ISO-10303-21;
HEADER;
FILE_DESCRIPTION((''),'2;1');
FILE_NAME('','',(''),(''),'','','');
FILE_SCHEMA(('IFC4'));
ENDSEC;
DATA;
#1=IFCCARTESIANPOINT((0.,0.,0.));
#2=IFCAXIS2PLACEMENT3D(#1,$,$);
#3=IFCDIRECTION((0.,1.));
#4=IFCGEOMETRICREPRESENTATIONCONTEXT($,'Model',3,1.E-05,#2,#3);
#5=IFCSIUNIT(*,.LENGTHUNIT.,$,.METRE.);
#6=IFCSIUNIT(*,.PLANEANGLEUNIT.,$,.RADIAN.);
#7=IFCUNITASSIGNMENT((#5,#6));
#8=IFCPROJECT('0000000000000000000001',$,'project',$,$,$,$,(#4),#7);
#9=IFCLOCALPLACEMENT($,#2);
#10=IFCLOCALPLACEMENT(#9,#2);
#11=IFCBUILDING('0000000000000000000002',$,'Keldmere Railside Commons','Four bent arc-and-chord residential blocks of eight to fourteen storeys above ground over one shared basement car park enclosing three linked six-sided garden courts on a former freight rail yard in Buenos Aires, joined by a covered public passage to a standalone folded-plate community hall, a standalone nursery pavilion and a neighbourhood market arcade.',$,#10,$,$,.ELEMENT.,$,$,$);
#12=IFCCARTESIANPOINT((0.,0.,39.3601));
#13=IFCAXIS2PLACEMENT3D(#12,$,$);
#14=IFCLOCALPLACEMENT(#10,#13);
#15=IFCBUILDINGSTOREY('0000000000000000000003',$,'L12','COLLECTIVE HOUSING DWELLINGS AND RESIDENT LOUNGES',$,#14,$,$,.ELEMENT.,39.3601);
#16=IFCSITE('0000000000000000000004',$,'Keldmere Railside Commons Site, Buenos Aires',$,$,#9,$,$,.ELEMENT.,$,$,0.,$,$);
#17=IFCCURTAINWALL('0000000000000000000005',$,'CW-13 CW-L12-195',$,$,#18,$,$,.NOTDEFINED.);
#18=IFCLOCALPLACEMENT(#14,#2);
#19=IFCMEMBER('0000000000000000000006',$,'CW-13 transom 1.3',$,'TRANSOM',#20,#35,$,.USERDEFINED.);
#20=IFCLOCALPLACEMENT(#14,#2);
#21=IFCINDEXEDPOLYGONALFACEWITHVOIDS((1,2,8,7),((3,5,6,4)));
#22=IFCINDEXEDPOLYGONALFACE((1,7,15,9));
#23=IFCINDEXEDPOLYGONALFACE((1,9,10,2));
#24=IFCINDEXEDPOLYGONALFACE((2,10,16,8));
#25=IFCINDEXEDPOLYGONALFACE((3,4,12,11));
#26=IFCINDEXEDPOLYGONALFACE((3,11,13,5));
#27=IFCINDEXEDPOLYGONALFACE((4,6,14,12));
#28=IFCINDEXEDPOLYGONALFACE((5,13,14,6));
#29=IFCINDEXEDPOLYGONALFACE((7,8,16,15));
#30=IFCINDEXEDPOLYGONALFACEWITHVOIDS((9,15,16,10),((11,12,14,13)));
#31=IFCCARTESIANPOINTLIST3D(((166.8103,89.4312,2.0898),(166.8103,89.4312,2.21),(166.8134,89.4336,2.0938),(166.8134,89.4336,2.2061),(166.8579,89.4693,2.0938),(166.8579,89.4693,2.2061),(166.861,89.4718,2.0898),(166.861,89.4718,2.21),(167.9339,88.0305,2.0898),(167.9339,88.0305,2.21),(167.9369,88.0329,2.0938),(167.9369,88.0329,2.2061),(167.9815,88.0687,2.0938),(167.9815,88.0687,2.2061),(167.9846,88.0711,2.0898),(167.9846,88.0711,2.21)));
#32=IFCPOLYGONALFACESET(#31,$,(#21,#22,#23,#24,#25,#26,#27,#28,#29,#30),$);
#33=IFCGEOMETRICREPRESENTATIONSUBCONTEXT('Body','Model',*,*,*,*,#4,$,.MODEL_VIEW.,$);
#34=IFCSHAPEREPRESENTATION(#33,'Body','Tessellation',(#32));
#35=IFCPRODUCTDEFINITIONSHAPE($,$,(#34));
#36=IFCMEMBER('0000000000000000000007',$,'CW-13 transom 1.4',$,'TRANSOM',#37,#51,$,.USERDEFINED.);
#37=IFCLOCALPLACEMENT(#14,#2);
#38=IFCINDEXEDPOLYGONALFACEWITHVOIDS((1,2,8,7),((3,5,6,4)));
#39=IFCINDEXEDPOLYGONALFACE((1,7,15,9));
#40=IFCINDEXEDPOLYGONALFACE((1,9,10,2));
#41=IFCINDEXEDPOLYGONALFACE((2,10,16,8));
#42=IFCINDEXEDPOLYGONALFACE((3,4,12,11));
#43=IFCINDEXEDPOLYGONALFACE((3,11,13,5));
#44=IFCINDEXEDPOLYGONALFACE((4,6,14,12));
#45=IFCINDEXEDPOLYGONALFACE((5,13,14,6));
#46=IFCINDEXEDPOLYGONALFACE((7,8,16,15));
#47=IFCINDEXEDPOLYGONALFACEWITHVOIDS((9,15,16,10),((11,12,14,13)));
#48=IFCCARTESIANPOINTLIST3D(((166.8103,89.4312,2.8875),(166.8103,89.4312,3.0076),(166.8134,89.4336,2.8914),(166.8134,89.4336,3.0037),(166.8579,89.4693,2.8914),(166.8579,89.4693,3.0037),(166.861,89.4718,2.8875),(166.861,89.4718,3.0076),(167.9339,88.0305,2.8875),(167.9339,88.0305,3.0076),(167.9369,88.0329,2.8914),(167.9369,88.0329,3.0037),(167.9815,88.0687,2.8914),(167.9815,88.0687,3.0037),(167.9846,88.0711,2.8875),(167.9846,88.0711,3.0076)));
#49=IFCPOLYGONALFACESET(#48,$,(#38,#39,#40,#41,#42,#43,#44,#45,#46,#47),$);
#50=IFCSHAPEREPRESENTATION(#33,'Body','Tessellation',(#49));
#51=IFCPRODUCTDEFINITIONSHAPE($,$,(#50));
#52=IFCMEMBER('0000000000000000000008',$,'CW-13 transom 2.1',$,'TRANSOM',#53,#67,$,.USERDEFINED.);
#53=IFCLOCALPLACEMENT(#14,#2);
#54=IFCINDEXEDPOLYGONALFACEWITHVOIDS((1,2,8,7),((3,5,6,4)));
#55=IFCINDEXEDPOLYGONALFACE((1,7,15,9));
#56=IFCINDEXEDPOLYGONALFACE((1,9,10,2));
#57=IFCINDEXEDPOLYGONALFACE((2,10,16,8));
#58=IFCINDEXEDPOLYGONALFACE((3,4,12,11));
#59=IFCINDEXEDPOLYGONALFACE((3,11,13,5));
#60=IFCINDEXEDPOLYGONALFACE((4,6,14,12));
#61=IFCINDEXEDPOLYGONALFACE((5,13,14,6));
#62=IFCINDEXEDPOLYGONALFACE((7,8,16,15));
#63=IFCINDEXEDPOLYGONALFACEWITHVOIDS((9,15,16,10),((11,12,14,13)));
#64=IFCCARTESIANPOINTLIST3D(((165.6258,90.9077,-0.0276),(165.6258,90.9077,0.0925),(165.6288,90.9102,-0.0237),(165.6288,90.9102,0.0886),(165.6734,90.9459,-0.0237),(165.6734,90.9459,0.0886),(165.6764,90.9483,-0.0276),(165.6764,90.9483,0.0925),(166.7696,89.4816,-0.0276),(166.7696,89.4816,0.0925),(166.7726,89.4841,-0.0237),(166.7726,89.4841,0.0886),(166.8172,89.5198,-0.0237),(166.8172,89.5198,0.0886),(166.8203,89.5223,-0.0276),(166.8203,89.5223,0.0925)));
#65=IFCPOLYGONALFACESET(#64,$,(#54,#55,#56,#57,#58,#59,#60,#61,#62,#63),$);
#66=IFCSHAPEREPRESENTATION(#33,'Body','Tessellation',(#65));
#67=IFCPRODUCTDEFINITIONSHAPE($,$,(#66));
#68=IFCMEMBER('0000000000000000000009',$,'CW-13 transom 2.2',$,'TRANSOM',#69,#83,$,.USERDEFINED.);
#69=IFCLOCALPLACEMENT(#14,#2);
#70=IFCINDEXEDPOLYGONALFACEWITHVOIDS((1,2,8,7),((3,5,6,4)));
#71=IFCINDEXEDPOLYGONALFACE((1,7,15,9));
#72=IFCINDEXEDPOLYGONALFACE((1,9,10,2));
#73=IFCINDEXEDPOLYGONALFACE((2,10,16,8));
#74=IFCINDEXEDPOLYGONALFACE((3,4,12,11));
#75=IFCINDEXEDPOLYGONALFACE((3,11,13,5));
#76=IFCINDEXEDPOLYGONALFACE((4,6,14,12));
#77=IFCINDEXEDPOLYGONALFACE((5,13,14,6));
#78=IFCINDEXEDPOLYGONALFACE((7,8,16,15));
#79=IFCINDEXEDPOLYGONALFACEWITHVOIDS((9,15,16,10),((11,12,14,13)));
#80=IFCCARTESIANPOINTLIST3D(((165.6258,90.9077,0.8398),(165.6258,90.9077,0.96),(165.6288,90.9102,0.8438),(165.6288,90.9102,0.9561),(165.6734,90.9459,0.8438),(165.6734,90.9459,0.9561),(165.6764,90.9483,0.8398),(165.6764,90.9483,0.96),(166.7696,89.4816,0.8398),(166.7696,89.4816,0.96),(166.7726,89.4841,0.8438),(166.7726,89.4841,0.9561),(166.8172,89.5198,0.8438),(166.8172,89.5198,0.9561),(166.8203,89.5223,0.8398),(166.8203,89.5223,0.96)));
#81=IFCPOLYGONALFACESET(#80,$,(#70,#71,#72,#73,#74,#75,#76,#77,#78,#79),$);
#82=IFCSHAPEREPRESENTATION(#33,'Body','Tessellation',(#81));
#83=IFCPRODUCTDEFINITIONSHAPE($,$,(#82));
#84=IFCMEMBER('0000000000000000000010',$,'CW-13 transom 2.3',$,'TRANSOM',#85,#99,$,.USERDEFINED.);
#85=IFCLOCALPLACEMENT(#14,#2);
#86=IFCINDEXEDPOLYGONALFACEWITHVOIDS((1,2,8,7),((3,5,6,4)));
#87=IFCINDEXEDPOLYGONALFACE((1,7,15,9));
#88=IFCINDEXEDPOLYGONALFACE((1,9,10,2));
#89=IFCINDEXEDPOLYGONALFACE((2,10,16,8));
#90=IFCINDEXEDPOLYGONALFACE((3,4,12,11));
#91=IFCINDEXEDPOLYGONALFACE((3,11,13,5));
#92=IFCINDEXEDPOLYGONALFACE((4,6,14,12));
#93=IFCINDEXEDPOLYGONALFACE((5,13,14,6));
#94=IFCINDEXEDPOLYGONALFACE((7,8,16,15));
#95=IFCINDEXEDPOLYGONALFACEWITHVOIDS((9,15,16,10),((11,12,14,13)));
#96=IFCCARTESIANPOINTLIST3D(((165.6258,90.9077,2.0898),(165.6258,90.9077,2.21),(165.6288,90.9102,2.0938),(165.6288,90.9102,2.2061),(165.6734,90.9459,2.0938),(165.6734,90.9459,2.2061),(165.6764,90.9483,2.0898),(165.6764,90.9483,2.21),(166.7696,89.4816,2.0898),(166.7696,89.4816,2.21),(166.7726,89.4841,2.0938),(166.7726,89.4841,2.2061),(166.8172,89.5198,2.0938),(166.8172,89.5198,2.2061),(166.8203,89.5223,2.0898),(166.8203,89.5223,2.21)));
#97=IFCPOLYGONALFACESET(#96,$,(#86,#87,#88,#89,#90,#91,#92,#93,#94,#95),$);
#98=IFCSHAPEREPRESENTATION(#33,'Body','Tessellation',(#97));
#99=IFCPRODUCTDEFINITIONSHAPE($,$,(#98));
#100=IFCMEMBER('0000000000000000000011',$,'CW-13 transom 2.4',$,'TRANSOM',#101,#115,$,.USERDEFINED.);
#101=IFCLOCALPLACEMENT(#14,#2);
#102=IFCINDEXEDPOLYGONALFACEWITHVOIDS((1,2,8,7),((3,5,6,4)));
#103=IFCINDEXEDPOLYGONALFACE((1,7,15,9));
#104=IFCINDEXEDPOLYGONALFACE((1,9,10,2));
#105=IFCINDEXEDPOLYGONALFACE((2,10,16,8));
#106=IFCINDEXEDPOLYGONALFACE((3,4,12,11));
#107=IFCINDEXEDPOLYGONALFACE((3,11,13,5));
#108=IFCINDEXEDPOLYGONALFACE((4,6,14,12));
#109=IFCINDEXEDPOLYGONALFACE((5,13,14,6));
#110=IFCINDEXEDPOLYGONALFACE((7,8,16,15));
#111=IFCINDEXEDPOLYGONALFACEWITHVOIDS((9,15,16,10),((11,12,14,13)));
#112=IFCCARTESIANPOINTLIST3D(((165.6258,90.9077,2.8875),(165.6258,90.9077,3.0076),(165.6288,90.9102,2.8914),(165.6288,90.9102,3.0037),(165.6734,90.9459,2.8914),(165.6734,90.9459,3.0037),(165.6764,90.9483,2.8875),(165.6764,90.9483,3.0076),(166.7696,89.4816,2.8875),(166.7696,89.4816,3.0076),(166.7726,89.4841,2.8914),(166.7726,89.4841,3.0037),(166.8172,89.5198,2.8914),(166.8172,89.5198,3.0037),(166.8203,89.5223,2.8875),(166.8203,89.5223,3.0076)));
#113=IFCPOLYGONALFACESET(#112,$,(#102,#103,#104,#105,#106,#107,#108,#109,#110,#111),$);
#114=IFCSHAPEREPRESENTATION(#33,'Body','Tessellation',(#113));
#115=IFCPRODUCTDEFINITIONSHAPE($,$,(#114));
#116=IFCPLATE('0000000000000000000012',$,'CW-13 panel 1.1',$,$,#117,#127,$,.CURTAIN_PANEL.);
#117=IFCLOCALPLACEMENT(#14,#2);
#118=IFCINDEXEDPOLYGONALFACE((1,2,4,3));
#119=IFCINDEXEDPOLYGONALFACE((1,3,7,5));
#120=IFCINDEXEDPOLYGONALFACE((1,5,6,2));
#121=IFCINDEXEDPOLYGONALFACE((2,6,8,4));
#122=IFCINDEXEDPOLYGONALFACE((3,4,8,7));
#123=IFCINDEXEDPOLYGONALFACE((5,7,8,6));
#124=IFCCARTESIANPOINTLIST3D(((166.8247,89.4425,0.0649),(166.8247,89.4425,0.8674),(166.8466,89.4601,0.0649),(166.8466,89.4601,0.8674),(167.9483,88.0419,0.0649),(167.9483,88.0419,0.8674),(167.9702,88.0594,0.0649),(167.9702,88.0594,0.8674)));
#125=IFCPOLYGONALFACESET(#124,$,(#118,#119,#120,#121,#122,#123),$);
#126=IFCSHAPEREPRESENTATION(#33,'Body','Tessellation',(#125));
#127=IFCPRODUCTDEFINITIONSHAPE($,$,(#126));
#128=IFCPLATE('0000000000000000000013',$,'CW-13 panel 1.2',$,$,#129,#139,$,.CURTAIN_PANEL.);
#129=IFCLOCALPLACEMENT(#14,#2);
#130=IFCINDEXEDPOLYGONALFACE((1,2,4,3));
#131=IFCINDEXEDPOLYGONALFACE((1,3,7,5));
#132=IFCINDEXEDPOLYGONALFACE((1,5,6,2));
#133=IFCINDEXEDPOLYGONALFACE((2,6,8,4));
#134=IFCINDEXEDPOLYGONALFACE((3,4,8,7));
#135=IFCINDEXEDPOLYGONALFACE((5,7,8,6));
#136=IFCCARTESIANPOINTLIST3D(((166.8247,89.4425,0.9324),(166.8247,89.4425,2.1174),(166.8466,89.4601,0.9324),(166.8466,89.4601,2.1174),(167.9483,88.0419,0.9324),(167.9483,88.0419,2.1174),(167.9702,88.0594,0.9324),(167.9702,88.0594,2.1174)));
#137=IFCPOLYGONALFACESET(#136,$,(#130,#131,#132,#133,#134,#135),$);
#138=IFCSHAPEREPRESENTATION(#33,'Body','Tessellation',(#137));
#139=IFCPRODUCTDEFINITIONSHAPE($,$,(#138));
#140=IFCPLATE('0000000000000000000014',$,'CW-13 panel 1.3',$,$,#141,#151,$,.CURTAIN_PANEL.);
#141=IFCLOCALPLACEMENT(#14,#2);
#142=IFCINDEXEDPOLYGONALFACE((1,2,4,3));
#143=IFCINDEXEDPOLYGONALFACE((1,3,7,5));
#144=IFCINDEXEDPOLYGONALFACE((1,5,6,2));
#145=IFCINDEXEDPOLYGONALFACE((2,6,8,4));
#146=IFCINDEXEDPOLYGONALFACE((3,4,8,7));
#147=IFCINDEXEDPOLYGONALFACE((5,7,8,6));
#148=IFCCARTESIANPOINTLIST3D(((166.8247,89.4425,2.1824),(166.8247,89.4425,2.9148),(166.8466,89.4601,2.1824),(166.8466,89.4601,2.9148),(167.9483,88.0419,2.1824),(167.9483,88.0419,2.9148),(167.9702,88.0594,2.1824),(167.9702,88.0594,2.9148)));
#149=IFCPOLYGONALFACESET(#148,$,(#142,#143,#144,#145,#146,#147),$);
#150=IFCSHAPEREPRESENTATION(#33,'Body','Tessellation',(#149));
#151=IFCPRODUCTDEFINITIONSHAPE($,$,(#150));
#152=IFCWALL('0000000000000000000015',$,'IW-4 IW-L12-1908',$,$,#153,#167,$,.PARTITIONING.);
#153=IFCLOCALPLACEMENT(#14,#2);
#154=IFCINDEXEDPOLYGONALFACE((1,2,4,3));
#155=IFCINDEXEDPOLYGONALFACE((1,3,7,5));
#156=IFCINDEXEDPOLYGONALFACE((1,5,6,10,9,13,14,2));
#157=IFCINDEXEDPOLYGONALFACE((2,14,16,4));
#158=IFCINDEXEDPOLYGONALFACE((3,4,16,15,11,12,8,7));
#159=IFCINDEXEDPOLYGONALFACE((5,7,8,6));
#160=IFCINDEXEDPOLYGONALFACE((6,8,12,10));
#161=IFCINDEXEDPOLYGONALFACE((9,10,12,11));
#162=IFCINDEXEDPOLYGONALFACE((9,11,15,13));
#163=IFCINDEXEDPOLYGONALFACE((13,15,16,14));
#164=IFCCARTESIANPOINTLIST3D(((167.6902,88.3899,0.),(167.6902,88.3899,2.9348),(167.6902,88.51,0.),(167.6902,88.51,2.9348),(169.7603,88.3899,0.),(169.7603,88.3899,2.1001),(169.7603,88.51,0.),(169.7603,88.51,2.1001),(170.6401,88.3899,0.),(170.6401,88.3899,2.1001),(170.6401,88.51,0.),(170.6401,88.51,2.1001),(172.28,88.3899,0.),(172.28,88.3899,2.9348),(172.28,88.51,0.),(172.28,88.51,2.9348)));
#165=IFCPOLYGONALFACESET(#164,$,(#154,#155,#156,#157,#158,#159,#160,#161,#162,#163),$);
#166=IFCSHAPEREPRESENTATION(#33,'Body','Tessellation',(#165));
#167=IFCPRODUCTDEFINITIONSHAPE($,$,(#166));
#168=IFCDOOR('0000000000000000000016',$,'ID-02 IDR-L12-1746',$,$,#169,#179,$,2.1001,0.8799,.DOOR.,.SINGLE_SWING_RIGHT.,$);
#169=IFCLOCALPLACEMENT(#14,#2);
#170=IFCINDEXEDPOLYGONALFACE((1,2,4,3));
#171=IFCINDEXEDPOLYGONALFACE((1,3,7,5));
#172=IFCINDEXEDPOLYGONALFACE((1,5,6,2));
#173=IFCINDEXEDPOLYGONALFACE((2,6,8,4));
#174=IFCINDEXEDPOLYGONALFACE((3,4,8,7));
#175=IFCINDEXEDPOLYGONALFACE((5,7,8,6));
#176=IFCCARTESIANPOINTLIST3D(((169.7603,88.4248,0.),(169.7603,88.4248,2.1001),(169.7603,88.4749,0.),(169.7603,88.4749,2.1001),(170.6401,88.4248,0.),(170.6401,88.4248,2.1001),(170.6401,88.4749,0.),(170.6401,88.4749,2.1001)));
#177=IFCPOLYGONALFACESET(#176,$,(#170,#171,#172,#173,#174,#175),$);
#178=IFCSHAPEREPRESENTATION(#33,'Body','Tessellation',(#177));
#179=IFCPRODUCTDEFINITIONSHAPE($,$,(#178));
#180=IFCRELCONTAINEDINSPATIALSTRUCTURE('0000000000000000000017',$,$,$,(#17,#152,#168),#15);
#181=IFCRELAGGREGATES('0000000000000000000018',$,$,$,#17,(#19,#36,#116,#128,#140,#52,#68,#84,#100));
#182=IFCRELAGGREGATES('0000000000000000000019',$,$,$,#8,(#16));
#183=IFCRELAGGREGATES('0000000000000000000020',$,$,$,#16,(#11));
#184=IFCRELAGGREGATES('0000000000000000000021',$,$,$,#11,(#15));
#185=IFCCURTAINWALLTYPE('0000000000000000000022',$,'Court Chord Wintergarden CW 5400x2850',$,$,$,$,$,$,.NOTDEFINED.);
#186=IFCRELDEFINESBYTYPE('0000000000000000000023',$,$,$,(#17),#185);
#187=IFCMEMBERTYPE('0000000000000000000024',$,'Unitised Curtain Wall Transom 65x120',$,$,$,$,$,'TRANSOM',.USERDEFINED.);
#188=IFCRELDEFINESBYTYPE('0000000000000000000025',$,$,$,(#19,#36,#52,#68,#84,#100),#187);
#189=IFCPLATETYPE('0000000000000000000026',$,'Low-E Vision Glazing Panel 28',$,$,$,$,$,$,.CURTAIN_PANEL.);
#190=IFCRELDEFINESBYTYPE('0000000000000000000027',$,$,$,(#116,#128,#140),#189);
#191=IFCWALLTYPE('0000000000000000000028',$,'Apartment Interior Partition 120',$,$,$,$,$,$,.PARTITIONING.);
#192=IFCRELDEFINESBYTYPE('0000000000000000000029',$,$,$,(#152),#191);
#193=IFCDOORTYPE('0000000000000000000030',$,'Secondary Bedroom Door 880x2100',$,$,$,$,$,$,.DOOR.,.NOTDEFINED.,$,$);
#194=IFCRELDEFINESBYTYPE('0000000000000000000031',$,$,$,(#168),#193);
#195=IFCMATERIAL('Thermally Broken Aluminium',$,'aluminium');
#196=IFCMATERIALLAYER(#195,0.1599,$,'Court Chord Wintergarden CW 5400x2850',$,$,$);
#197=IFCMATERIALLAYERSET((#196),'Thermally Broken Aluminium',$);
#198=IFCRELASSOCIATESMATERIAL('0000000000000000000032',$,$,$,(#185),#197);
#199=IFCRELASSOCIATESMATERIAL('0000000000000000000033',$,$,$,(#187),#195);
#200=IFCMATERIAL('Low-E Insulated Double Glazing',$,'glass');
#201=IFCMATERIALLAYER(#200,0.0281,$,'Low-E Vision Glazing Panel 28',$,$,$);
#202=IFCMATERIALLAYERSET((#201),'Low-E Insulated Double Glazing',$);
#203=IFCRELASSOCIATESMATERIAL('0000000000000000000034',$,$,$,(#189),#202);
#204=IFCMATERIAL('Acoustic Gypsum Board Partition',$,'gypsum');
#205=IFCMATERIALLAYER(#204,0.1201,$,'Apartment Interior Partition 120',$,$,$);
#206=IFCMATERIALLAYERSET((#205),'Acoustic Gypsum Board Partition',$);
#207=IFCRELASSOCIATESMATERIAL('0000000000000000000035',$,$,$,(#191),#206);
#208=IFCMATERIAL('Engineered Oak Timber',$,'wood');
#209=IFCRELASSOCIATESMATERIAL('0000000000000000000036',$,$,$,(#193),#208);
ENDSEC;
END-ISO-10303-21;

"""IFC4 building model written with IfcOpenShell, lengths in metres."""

from ifc_helpers import new_model, si_unit, direction, frame, frame_2d, origin, origin_2d, place, context, subcontext, project, spatial, rectangle, hollow_rectangle, extrude, material, layer, layer_set, material_profile, profile_set, type_object, element, fill, aggregate, save


model = new_model("IFC4")

# Units and contexts
model_context = context("Model", 3, precision=1e-05, world=origin(), true_north=direction((0.0, 1.0)))
body_context = subcontext(model_context, "Body", "Model", "MODEL_VIEW")
ifc_project = project(units=[si_unit("LENGTHUNIT", "METRE"), si_unit("PLANEANGLEUNIT", "RADIAN")], contexts=[model_context])

# Site, building, storey
site_placement = place(None, origin())
site = spatial("IfcSite", under=ifc_project, at=site_placement, Name="Keldmere Railside Commons Site, Buenos Aires", CompositionType="ELEMENT", RefElevation=0.0)
building_placement = place(site_placement, origin())
building = spatial("IfcBuilding", under=site, at=building_placement, Name="Keldmere Railside Commons", Description="Four bent arc-and-chord residential blocks of eight to fourteen storeys above ground over one shared basement car park enclosing three linked six-sided garden courts on a former freight rail yard in Buenos Aires, joined by a covered public passage to a standalone folded-plate community hall, a standalone nursery pavilion and a neighbourhood market arcade.", CompositionType="ELEMENT")
storey_placement = place(building_placement, frame((0.0, 0.0, 39.3601)))
storey = spatial("IfcBuildingStorey", under=building, at=storey_placement, Name="L12", Description="COLLECTIVE HOUSING DWELLINGS AND RESIDENT LOUNGES", CompositionType="ELEMENT", Elevation=39.3601)

# Curtain wall, members, plates
ifc_material_1 = material(Name="Thermally Broken Aluminium", Category="aluminium")
ifc_layer_1 = layer(ifc_material_1, 0.1599, Name="Court Chord Wintergarden CW 5400x2850")
ifc_layer_set_1 = layer_set([ifc_layer_1], Name="Thermally Broken Aluminium")
curtain_wall_type = type_object("IfcCurtainWallType", Name="Court Chord Wintergarden CW 5400x2850", PredefinedType="NOTDEFINED", material=ifc_layer_set_1)
curtain_wall_placement = place(storey_placement, origin())
curtain_wall = element("IfcCurtainWall", 1, at=curtain_wall_placement, inside=storey, type_object=curtain_wall_type, Name="CW-13 CW-L12-195", PredefinedType="NOTDEFINED")
ifc_material_profile_1 = material_profile(ifc_material_1, hollow_rectangle(XDim=0.0649, YDim=0.1201, WallThickness=0.0039, at=origin_2d()), Name="ALU-TRAN-65x120")
ifc_profile_set_1 = profile_set([ifc_material_profile_1], Name="Thermally Broken Aluminium")
member_type_1 = type_object("IfcMemberType", Name="Unitised Curtain Wall Transom 65x120", ElementType="TRANSOM", PredefinedType="USERDEFINED", material=ifc_profile_set_1)
member_1_placement = place(storey_placement, frame((167.9592, 88.0508, 2.1499), z_axis=(-0.625723, 0.780046, 0.0), x_axis=(-0.780046, -0.625723, 0.0)))
member_1 = element("IfcMember", 2, at=member_1_placement, type_object=member_type_1, Name="CW-13 transom 1.3", ObjectType="TRANSOM", PredefinedType="USERDEFINED", context=body_context, shape_type="SweptSolid", body=[
    extrude(hollow_rectangle(XDim=0.0649, YDim=0.1201, WallThickness=0.0039, at=origin_2d()), origin(), (0.0, 0.0, 1.0), 1.7957),
])
member_2_placement = place(storey_placement, frame((167.9592, 88.0508, 2.9475), z_axis=(-0.625723, 0.780046, 0.0), x_axis=(-0.780046, -0.625723, 0.0)))
member_2 = element("IfcMember", 3, at=member_2_placement, type_object=member_type_1, Name="CW-13 transom 1.4", ObjectType="TRANSOM", PredefinedType="USERDEFINED", context=body_context, shape_type="SweptSolid", body=[
    extrude(hollow_rectangle(XDim=0.0649, YDim=0.1201, WallThickness=0.0039, at=origin_2d()), origin(), (0.0, 0.0, 1.0), 1.7957),
])
member_3_placement = place(storey_placement, frame((166.7949, 89.502, 0.0325), z_axis=(-0.625688, 0.780073, 0.0), x_axis=(-0.780073, -0.625688, 0.0)))
member_3 = element("IfcMember", 4, at=member_3_placement, type_object=member_type_1, Name="CW-13 transom 2.1", ObjectType="TRANSOM", PredefinedType="USERDEFINED", context=body_context, shape_type="SweptSolid", body=[
    extrude(hollow_rectangle(XDim=0.0649, YDim=0.1201, WallThickness=0.0039, at=origin_2d()), origin(), (0.0, 0.0, 1.0), 1.8281),
])
member_4_placement = place(storey_placement, frame((166.7949, 89.502, 0.8999), z_axis=(-0.625688, 0.780073, 0.0), x_axis=(-0.780073, -0.625688, 0.0)))
member_4 = element("IfcMember", 5, at=member_4_placement, type_object=member_type_1, Name="CW-13 transom 2.2", ObjectType="TRANSOM", PredefinedType="USERDEFINED", context=body_context, shape_type="SweptSolid", body=[
    extrude(hollow_rectangle(XDim=0.0649, YDim=0.1201, WallThickness=0.0039, at=origin_2d()), origin(), (0.0, 0.0, 1.0), 1.8281),
])
member_5_placement = place(storey_placement, frame((166.7949, 89.502, 2.1499), z_axis=(-0.625688, 0.780073, 0.0), x_axis=(-0.780073, -0.625688, 0.0)))
member_5 = element("IfcMember", 6, at=member_5_placement, type_object=member_type_1, Name="CW-13 transom 2.3", ObjectType="TRANSOM", PredefinedType="USERDEFINED", context=body_context, shape_type="SweptSolid", body=[
    extrude(hollow_rectangle(XDim=0.0649, YDim=0.1201, WallThickness=0.0039, at=origin_2d()), origin(), (0.0, 0.0, 1.0), 1.8281),
])
member_6_placement = place(storey_placement, frame((166.7949, 89.502, 2.9475), z_axis=(-0.625688, 0.780073, 0.0), x_axis=(-0.780073, -0.625688, 0.0)))
member_6 = element("IfcMember", 7, at=member_6_placement, type_object=member_type_1, Name="CW-13 transom 2.4", ObjectType="TRANSOM", PredefinedType="USERDEFINED", context=body_context, shape_type="SweptSolid", body=[
    extrude(hollow_rectangle(XDim=0.0649, YDim=0.1201, WallThickness=0.0039, at=origin_2d()), origin(), (0.0, 0.0, 1.0), 1.8281),
])
ifc_material_2 = material(Name="Low-E Insulated Double Glazing", Category="glass")
ifc_layer_2 = layer(ifc_material_2, 0.0281, Name="Low-E Vision Glazing Panel 28")
ifc_layer_set_2 = layer_set([ifc_layer_2], Name="Low-E Insulated Double Glazing")
plate_type = type_object("IfcPlateType", Name="Low-E Vision Glazing Panel 28", PredefinedType="CURTAIN_PANEL", material=ifc_layer_set_2)
plate_1_placement = place(storey_placement, frame((167.3975, 88.751, 0.0649), z_axis=(0.0, 0.0, 1.0), x_axis=(-0.625768, 0.780009, 0.0)))
plate_1 = element("IfcPlate", 8, at=plate_1_placement, type_object=plate_type, Name="CW-13 panel 1.1", PredefinedType="CURTAIN_PANEL", context=body_context, shape_type="SweptSolid", body=[
    extrude(rectangle(XDim=1.7957, YDim=0.0281, at=origin_2d()), origin(), (0.0, 0.0, 1.0), 0.8025),
])
plate_2_placement = place(storey_placement, frame((167.3975, 88.751, 0.9324), z_axis=(0.0, 0.0, 1.0), x_axis=(-0.625768, 0.780009, 0.0)))
plate_2 = element("IfcPlate", 9, at=plate_2_placement, type_object=plate_type, Name="CW-13 panel 1.2", PredefinedType="CURTAIN_PANEL", context=body_context, shape_type="SweptSolid", body=[
    extrude(rectangle(XDim=1.7957, YDim=0.0281, at=origin_2d()), origin(), (0.0, 0.0, 1.0), 1.1851),
])
plate_3_placement = place(storey_placement, frame((167.3975, 88.751, 2.1824), z_axis=(0.0, 0.0, 1.0), x_axis=(-0.625768, 0.780009, 0.0)))
plate_3 = element("IfcPlate", 10, at=plate_3_placement, type_object=plate_type, Name="CW-13 panel 1.3", PredefinedType="CURTAIN_PANEL", context=body_context, shape_type="SweptSolid", body=[
    extrude(rectangle(XDim=1.7957, YDim=0.0281, at=origin_2d()), origin(), (0.0, 0.0, 1.0), 0.7324),
])
aggregate(curtain_wall, [member_1, member_2, plate_1, plate_2, plate_3, member_3, member_4, member_5, member_6])

# Wall, opening, door
ifc_material_3 = material(Name="Acoustic Gypsum Board Partition", Category="gypsum")
ifc_layer_3 = layer(ifc_material_3, 0.1201, Name="Apartment Interior Partition 120")
ifc_layer_set_3 = layer_set([ifc_layer_3], Name="Acoustic Gypsum Board Partition")
wall_type = type_object("IfcWallType", Name="Apartment Interior Partition 120", PredefinedType="PARTITIONING", material=ifc_layer_set_3)
wall_1_placement = place(storey_placement, frame((167.6902, 88.45, 0.0), z_axis=(0.0, 0.0, 1.0), x_axis=(1.0, 0.0, 0.0)))
wall_1 = element("IfcWall", 11, at=wall_1_placement, inside=storey, type_object=wall_type, Name="IW-4 IW-L12-1908", PredefinedType="PARTITIONING", context=body_context, shape_type="SweptSolid", body=[
    extrude(rectangle(XDim=4.5898, YDim=0.1201, at=frame_2d((2.2949, 0.0))), origin(), (0.0, 0.0, 1.0), 2.9348),
])
opening_1_placement = place(wall_1_placement, frame((2.0701, 0.0, 0.0)))
opening_1 = element("IfcOpeningElement", 12, at=opening_1_placement, cuts=wall_1, PredefinedType="OPENING", context=body_context, shape_type="SweptSolid", body=[
    extrude(rectangle(XDim=0.8799, YDim=2.1001, at=frame_2d((0.4399, 1.05))), frame((0.0, 0.0701, 0.0), z_axis=(0.0, -1.0, 0.0), x_axis=(1.0, 0.0, 0.0)), (0.0, 0.0, 1.0), 0.1401),
])
ifc_material_4 = material(Name="Engineered Oak Timber", Category="wood")
door_type_1 = type_object("IfcDoorType", Name="Secondary Bedroom Door 880x2100", OperationType="NOTDEFINED", PredefinedType="DOOR", material=ifc_material_4)
door_1_placement = place(opening_1_placement, origin())
door_1 = element("IfcDoor", 13, at=door_1_placement, inside=storey, type_object=door_type_1, Name="ID-02 IDR-L12-1746", OperationType="SINGLE_SWING_RIGHT", OverallHeight=2.1001, OverallWidth=0.8799, PredefinedType="DOOR", context=body_context, shape_type="SweptSolid", body=[
    extrude(rectangle(XDim=0.8799, YDim=2.1001, at=frame_2d((0.4399, 1.05))), frame((0.0, 0.0249, 0.0), z_axis=(0.0, -1.0, 0.0), x_axis=(1.0, 0.0, 0.0)), (0.0, 0.0, 1.0), 0.05),
])
fill(opening_1, door_1)

save(model, "model.ifc")
